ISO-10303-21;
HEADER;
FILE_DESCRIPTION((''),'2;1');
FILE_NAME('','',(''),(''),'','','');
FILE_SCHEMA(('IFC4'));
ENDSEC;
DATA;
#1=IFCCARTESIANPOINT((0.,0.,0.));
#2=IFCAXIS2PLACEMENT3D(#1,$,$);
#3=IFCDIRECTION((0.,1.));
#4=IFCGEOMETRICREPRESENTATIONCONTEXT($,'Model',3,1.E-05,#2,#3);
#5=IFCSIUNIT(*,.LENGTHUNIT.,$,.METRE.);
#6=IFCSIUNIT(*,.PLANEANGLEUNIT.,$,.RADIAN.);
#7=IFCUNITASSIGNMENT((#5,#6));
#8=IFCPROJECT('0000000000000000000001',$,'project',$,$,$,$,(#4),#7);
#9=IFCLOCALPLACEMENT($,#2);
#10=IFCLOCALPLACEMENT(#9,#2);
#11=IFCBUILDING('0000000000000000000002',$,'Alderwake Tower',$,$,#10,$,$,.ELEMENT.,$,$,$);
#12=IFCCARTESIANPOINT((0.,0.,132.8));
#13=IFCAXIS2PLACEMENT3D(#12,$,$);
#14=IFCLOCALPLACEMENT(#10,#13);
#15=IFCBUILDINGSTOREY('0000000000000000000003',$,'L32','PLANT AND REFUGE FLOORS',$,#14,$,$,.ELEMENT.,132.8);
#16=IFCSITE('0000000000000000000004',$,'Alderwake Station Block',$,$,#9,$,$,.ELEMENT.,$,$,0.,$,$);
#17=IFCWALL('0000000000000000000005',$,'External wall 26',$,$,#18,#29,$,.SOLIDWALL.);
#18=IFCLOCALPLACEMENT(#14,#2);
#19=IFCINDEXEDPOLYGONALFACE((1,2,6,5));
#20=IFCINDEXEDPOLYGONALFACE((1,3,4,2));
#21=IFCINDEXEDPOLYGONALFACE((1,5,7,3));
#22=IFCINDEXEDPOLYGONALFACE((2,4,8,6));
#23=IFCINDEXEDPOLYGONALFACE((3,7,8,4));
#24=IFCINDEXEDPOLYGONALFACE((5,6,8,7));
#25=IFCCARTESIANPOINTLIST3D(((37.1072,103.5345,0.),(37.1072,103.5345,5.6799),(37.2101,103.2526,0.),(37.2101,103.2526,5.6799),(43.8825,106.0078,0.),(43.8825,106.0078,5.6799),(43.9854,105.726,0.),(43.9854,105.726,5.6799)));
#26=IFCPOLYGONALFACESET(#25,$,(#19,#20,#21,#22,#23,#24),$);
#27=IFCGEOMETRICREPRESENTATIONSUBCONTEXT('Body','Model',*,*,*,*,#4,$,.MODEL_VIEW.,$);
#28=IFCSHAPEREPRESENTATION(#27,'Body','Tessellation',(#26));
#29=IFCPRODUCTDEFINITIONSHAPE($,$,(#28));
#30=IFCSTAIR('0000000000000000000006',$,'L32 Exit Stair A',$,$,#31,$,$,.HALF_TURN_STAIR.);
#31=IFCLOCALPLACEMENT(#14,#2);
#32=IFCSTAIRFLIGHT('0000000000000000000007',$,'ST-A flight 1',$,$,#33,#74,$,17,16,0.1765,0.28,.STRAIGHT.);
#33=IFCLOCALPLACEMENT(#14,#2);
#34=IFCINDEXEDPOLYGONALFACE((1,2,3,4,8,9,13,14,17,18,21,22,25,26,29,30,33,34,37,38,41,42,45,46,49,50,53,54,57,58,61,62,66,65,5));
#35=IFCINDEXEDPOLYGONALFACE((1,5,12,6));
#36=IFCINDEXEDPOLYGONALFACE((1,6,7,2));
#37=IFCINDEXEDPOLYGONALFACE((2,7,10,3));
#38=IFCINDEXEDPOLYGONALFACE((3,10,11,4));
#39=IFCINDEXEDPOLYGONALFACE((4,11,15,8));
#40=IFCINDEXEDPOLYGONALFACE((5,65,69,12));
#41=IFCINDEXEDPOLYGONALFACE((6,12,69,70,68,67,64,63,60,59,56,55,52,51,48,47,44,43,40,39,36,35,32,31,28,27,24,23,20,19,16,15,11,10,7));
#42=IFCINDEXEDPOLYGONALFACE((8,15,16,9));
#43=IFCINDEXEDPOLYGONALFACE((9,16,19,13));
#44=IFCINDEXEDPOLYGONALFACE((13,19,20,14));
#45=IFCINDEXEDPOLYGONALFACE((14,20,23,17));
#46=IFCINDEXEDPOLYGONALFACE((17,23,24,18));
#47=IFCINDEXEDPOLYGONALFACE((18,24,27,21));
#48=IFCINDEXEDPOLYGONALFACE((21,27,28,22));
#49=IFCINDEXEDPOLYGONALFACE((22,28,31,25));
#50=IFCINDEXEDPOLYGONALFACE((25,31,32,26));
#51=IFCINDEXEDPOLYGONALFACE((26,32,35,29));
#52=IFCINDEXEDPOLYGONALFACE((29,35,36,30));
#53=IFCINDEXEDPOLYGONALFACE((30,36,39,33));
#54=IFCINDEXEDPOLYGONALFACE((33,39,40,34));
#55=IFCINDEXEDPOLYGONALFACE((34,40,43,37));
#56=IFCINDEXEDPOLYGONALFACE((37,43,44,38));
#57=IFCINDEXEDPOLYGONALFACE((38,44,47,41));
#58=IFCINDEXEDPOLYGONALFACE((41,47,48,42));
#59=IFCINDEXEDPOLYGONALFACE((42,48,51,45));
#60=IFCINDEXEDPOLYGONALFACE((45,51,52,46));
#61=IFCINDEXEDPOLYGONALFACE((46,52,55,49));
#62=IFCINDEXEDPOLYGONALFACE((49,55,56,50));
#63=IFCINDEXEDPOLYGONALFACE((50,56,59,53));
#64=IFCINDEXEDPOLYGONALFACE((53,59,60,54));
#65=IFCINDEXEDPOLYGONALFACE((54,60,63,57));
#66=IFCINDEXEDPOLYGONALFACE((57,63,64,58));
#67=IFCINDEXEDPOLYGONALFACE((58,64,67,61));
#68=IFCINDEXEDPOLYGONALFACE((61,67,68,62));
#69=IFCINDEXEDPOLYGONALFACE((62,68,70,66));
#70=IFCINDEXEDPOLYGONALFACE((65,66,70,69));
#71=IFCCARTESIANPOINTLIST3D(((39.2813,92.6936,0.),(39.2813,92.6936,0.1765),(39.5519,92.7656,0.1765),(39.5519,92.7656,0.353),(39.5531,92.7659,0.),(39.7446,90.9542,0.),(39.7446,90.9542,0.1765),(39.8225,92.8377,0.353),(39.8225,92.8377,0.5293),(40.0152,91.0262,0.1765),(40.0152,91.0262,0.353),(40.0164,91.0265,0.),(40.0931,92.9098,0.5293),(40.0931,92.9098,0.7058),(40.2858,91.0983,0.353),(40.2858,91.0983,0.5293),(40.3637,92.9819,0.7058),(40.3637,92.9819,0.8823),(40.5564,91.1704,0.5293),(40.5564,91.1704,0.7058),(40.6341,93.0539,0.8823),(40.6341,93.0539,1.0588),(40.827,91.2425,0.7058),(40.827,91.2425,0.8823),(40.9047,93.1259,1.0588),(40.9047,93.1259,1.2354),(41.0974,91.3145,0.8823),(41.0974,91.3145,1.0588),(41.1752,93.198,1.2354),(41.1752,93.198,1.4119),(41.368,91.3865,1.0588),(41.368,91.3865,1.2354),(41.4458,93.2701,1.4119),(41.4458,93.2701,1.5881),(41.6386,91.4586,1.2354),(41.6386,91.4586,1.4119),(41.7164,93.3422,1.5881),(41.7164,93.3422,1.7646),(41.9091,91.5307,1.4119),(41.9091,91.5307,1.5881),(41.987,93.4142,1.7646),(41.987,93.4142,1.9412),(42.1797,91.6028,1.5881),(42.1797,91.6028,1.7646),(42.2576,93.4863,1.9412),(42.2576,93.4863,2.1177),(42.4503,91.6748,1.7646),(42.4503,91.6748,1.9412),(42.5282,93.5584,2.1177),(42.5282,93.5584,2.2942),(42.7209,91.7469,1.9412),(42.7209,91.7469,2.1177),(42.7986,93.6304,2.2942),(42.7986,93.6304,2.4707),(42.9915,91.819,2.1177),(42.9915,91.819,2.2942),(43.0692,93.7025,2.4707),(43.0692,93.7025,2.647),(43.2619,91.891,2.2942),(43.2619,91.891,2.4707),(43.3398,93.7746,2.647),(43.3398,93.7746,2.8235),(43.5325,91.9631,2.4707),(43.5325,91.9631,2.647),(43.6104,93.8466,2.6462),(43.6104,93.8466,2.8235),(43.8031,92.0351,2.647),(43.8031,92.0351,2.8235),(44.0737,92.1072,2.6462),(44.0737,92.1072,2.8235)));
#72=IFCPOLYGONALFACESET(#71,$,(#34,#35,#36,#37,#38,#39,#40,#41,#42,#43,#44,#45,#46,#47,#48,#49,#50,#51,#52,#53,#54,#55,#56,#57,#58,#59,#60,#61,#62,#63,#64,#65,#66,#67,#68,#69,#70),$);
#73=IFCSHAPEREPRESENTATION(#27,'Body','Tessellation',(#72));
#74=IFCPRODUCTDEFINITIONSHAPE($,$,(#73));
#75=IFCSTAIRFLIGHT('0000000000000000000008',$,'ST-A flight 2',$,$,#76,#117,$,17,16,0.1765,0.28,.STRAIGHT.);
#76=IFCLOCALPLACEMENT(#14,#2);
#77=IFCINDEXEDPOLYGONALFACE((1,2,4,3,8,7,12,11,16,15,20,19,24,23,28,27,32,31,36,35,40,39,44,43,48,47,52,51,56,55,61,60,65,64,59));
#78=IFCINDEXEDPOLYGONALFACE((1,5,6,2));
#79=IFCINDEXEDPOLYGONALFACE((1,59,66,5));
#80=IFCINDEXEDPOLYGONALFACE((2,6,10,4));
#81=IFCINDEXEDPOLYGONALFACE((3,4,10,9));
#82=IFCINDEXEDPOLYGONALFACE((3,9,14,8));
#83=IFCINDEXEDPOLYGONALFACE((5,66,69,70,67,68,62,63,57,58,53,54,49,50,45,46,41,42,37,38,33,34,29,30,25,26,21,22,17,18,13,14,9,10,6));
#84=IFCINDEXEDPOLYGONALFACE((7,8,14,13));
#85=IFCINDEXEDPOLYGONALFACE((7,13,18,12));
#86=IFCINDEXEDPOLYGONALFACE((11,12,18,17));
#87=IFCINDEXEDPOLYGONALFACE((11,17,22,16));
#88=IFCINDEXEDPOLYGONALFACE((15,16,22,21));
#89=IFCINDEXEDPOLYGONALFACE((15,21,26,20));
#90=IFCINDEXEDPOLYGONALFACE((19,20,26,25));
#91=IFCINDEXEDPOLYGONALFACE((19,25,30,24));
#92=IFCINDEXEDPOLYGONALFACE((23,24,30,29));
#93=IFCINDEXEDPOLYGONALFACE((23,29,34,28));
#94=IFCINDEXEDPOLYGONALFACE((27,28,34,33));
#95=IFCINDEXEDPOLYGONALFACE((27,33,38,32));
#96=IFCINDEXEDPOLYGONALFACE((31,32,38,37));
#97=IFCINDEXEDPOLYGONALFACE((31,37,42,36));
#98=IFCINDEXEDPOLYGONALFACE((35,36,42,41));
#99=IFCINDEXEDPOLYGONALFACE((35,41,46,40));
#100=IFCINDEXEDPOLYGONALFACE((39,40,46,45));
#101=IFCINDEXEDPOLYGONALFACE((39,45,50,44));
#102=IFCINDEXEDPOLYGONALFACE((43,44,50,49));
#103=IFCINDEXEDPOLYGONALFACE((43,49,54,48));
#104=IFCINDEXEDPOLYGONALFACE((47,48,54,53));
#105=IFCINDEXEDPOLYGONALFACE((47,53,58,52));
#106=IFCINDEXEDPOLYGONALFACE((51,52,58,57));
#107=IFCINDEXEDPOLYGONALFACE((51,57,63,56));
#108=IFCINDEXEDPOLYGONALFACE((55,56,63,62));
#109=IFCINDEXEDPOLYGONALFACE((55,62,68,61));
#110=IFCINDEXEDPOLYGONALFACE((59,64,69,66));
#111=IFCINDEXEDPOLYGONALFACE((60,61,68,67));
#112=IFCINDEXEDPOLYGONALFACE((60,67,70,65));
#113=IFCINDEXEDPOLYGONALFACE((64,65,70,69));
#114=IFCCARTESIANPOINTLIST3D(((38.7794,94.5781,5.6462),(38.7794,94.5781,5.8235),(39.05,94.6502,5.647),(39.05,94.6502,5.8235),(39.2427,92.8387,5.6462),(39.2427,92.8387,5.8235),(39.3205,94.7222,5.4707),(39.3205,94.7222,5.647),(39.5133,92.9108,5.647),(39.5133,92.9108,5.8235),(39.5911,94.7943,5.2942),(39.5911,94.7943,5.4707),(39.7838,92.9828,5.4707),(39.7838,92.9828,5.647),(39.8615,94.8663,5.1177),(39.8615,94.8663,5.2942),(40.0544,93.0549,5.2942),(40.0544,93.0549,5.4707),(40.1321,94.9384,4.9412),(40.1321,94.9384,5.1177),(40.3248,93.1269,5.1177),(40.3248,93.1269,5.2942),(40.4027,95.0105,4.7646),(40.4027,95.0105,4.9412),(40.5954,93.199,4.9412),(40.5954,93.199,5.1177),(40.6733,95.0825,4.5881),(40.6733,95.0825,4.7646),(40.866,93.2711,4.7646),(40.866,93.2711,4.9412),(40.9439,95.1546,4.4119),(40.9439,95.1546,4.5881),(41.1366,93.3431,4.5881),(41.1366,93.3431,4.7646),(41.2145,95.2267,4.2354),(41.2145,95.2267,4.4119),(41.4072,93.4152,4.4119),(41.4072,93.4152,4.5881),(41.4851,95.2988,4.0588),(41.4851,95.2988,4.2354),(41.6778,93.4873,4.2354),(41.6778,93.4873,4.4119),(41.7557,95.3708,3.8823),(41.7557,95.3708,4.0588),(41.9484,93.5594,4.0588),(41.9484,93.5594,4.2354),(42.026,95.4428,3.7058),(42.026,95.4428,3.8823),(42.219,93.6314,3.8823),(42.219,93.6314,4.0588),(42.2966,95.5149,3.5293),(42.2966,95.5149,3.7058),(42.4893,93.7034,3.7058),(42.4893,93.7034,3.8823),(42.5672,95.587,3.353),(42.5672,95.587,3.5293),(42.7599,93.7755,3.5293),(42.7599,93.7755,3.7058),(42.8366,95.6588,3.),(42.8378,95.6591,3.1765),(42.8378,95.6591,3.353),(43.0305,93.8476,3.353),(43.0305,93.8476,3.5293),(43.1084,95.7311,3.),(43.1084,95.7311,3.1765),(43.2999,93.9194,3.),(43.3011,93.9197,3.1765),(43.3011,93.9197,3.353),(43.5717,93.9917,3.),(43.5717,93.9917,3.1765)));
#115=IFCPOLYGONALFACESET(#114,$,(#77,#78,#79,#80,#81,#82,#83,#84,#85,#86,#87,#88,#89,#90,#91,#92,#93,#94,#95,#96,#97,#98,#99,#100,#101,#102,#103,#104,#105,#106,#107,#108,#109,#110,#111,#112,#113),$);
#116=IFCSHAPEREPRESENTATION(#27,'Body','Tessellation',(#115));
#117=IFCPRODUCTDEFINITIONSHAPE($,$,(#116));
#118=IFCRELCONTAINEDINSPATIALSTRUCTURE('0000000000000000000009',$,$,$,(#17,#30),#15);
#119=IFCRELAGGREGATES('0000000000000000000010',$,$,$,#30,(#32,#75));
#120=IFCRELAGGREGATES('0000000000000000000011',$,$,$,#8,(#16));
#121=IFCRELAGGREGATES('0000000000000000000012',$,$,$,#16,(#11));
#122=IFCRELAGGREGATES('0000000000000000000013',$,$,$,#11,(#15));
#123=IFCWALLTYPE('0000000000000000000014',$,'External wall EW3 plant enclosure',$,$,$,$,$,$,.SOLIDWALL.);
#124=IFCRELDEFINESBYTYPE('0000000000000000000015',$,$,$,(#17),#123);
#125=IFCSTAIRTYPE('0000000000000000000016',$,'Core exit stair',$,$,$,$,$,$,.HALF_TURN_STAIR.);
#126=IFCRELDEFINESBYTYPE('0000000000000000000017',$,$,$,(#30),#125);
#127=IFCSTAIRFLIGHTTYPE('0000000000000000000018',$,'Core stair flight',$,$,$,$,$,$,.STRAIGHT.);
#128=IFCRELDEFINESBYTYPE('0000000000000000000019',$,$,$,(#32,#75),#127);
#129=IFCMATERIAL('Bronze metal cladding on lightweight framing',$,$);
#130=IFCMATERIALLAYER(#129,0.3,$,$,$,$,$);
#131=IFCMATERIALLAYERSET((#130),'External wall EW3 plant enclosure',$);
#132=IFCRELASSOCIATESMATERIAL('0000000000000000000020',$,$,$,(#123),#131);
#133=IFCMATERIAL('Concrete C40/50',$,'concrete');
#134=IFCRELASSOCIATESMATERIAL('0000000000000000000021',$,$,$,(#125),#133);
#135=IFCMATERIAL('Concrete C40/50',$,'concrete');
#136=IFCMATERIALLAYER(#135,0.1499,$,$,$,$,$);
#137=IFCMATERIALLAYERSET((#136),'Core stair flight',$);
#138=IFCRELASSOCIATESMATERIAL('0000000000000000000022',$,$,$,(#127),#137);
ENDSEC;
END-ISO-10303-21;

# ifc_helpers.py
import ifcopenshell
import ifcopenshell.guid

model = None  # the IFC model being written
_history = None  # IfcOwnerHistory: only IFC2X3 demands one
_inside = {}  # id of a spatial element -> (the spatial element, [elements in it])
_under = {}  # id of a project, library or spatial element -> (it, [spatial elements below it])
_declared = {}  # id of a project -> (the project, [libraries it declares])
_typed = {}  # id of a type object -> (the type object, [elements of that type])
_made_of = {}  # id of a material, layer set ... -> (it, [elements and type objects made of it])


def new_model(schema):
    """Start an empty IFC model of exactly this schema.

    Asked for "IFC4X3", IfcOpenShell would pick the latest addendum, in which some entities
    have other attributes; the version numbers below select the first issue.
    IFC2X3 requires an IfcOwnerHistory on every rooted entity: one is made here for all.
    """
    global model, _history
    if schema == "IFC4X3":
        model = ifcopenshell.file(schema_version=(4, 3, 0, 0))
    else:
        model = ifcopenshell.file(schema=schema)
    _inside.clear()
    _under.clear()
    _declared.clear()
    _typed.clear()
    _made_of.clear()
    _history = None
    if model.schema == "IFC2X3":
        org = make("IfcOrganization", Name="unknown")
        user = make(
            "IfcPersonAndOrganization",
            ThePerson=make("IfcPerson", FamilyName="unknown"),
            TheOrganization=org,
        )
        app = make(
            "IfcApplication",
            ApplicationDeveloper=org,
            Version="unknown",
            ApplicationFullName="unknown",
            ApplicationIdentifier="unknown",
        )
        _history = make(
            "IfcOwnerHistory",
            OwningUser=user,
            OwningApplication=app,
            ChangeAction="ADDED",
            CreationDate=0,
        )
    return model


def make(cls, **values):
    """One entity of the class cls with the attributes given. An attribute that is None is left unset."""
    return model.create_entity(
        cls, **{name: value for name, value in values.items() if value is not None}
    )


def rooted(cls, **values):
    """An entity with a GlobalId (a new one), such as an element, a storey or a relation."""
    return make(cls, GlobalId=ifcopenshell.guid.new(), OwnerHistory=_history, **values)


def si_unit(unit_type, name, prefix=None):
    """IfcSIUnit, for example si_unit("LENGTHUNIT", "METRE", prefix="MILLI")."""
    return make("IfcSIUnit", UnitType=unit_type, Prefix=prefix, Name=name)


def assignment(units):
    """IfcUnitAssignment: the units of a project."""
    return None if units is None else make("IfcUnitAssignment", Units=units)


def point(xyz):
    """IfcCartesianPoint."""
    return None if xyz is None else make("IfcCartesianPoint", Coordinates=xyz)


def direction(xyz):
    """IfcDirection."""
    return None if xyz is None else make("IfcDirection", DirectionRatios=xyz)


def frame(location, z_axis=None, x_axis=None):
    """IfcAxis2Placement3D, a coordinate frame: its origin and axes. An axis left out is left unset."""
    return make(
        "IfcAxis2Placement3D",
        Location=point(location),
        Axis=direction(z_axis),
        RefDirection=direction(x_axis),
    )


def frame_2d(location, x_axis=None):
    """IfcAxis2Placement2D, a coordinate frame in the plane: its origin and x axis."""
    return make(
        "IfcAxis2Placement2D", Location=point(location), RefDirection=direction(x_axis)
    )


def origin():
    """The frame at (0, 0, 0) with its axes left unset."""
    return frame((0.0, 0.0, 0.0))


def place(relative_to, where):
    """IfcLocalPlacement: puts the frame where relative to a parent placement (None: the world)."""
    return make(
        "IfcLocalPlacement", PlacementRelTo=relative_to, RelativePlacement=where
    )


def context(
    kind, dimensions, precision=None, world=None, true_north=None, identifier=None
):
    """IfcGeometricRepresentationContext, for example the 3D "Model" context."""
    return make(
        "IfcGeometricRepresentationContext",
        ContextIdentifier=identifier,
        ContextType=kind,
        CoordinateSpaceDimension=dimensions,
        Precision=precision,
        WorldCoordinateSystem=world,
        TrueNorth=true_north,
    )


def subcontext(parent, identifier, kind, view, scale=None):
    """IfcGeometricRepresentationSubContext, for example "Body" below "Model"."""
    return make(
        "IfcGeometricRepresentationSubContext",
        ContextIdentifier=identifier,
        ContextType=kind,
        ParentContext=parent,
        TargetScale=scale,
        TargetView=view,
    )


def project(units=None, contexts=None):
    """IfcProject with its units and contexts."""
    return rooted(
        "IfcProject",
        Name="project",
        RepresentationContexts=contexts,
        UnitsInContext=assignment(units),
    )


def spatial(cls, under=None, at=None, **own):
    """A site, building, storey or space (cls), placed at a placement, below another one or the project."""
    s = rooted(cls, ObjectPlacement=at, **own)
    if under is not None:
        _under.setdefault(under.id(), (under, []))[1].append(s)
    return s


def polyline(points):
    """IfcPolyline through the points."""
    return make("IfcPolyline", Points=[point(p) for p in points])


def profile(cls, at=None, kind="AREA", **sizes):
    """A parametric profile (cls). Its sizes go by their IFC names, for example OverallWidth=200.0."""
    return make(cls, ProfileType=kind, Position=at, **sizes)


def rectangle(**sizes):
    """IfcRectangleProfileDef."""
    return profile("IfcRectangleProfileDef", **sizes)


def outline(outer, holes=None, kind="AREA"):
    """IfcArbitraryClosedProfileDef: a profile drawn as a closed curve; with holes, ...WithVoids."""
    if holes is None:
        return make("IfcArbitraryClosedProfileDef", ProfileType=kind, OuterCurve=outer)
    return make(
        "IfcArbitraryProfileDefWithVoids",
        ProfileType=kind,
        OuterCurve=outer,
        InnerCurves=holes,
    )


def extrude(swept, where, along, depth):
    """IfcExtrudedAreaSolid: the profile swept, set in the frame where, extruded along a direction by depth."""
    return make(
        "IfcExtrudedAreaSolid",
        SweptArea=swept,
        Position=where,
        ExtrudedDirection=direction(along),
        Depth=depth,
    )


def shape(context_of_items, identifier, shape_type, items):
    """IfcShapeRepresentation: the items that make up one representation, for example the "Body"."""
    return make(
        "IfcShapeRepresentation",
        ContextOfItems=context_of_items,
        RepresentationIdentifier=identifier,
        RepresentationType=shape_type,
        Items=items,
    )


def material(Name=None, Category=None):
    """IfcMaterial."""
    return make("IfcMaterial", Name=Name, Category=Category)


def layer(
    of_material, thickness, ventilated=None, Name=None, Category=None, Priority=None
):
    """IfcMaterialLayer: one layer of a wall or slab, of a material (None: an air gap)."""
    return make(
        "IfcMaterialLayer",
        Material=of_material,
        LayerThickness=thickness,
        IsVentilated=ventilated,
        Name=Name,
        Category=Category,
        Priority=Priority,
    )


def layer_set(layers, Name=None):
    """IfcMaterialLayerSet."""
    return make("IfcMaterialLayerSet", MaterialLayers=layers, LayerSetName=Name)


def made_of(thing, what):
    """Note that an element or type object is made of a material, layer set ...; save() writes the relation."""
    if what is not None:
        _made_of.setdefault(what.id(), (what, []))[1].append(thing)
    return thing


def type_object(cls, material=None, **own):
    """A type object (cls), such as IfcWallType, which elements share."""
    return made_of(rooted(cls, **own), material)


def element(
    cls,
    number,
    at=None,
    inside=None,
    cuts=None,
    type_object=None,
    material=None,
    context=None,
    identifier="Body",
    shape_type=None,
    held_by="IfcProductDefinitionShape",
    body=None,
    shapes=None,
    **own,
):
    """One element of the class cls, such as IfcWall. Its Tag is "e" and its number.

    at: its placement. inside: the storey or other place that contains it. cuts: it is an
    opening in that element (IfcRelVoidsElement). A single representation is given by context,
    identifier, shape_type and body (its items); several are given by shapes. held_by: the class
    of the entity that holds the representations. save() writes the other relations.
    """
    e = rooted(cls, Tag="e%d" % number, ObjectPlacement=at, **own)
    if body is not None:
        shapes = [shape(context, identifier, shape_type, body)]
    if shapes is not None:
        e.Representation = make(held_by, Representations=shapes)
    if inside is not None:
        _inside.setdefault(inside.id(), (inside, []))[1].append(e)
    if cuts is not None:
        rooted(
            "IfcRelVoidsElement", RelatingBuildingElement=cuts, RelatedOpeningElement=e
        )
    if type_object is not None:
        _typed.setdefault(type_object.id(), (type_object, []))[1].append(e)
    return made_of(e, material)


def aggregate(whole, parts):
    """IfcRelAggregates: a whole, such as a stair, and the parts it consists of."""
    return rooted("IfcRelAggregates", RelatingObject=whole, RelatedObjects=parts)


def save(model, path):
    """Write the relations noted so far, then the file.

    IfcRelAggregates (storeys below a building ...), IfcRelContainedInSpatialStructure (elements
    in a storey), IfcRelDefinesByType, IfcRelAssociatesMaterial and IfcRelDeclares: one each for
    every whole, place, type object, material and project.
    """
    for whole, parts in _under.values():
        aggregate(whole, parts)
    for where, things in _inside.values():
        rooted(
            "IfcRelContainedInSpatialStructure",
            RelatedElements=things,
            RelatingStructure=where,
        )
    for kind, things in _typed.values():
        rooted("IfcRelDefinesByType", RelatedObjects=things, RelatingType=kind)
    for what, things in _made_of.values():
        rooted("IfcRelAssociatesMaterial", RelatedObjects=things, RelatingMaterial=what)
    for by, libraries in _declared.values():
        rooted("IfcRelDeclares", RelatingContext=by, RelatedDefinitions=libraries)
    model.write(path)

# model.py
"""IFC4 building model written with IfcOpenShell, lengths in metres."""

from ifc_helpers import new_model, si_unit, direction, frame, frame_2d, origin, place, context, subcontext, project, spatial, polyline, rectangle, outline, extrude, material, layer, layer_set, type_object, element, aggregate, save


model = new_model("IFC4")

# Units and contexts
model_context = context("Model", 3, precision=1e-05, world=origin(), true_north=direction((0.0, 1.0)))
body_context = subcontext(model_context, "Body", "Model", "MODEL_VIEW")
ifc_project = project(units=[si_unit("LENGTHUNIT", "METRE"), si_unit("PLANEANGLEUNIT", "RADIAN")], contexts=[model_context])

# Site, building, storey
site_placement = place(None, origin())
site = spatial("IfcSite", under=ifc_project, at=site_placement, Name="Alderwake Station Block", CompositionType="ELEMENT", RefElevation=0.0)
building_placement = place(site_placement, origin())
building = spatial("IfcBuilding", under=site, at=building_placement, Name="Alderwake Tower", CompositionType="ELEMENT")
storey_placement = place(building_placement, frame((0.0, 0.0, 132.8)))
storey = spatial("IfcBuildingStorey", under=building, at=storey_placement, Name="L32", Description="PLANT AND REFUGE FLOORS", CompositionType="ELEMENT", Elevation=132.8)

# Shared definitions
ifc_material_1 = material(Name="Bronze metal cladding on lightweight framing")
ifc_layer_1 = layer(ifc_material_1, 0.3)
ifc_layer_set_1 = layer_set([ifc_layer_1], Name="External wall EW3 plant enclosure")
wall_type_1 = type_object("IfcWallType", Name="External wall EW3 plant enclosure", PredefinedType="SOLIDWALL", material=ifc_layer_set_1)

# Wall
wall_1_placement = place(storey_placement, frame((43.9341, 105.8669, 0.0), z_axis=(0.0, 0.0, 1.0), x_axis=(-0.939365, -0.34292, 0.0)))
element("IfcWall", 1, at=wall_1_placement, inside=storey, type_object=wall_type_1, Name="External wall 26", PredefinedType="SOLIDWALL", context=body_context, shape_type="SweptSolid", body=[
    extrude(rectangle(XDim=7.2126, YDim=0.3, at=frame_2d((3.6064, 0.0))), origin(), (0.0, 0.0, 1.0), 5.6799),
])

# Stair, stair flights
ifc_material_2 = material(Name="Concrete C40/50", Category="concrete")
stair_type = type_object("IfcStairType", Name="Core exit stair", PredefinedType="HALF_TURN_STAIR", material=ifc_material_2)
stair_placement = place(storey_placement, origin())
stair = element("IfcStair", 2, at=stair_placement, inside=storey, type_object=stair_type, Name="L32 Exit Stair A", PredefinedType="HALF_TURN_STAIR")
ifc_material_3 = material(Name="Concrete C40/50", Category="concrete")
ifc_layer_2 = layer(ifc_material_3, 0.1499)
ifc_layer_set_2 = layer_set([ifc_layer_2], Name="Core stair flight")
stair_flight_type = type_object("IfcStairFlightType", Name="Core stair flight", PredefinedType="STRAIGHT", material=ifc_layer_set_2)
stair_flight_1_placement = place(storey_placement, frame((39.5129, 91.824, 0.0), z_axis=(0.0, 0.0, 1.0), x_axis=(0.96631, 0.257382, 0.0)))
stair_flight_1 = element("IfcStairFlight", 3, at=stair_flight_1_placement, type_object=stair_flight_type, Name="ST-A flight 1", NumberOfRisers=17, NumberOfTreads=16, PredefinedType="STRAIGHT", RiserHeight=0.1765, TreadLength=0.28, context=body_context, shape_type="SweptSolid", body=[
    extrude(outline(polyline([(0.0, 0.0), (0.0, 0.1765), (0.28, 0.1765), (0.28, 0.353), (0.5601, 0.353), (0.5601, 0.5293), (0.8401, 0.5293), (0.8401, 0.7058), (1.1201, 0.7058), (1.1201, 0.8823), (1.3999, 0.8823), (1.3999, 1.0588), (1.6799, 1.0588), (1.6799, 1.2354), (1.96, 1.2354), (1.96, 1.4119), (2.24, 1.4119), (2.24, 1.5881), (2.52, 1.5881), (2.52, 1.7646), (2.8, 1.7646), (2.8, 1.9412), (3.0801, 1.9412), (3.0801, 2.1177), (3.3601, 2.1177), (3.3601, 2.2942), (3.6399, 2.2942), (3.6399, 2.4707), (3.9199, 2.4707), (3.9199, 2.647), (4.2, 2.647), (4.2, 2.8235), (4.48, 2.8235), (4.48, 3.0), (4.48, 2.6462), (0.2812, 0.0), (0.0, 0.0)])), frame((0.0, 0.8999, 0.0), z_axis=(0.0, -1.0, 0.0), x_axis=(1.0, 0.0, 0.0)), (0.0, 0.0, 1.0), 1.8),
])
stair_flight_2_placement = place(storey_placement, frame((43.3401, 94.8613, 3.0), z_axis=(0.0, 0.0, 1.0), x_axis=(-0.96631, -0.257382, 0.0)))
stair_flight_2 = element("IfcStairFlight", 4, at=stair_flight_2_placement, type_object=stair_flight_type, Name="ST-A flight 2", NumberOfRisers=17, NumberOfTreads=16, PredefinedType="STRAIGHT", RiserHeight=0.1765, TreadLength=0.28, context=body_context, shape_type="SweptSolid", body=[
    extrude(outline(polyline([(0.0, 0.0), (0.0, 0.1765), (0.28, 0.1765), (0.28, 0.353), (0.5601, 0.353), (0.5601, 0.5293), (0.8401, 0.5293), (0.8401, 0.7058), (1.1201, 0.7058), (1.1201, 0.8823), (1.3999, 0.8823), (1.3999, 1.0588), (1.6799, 1.0588), (1.6799, 1.2354), (1.96, 1.2354), (1.96, 1.4119), (2.24, 1.4119), (2.24, 1.5881), (2.52, 1.5881), (2.52, 1.7646), (2.8, 1.7646), (2.8, 1.9412), (3.0801, 1.9412), (3.0801, 2.1177), (3.3601, 2.1177), (3.3601, 2.2942), (3.6399, 2.2942), (3.6399, 2.4707), (3.9199, 2.4707), (3.9199, 2.647), (4.2, 2.647), (4.2, 2.8235), (4.48, 2.8235), (4.48, 3.0), (4.48, 2.6462), (0.2812, 0.0), (0.0, 0.0)])), frame((0.0, 0.8999, 0.0), z_axis=(0.0, -1.0, 0.0), x_axis=(1.0, 0.0, 0.0)), (0.0, 0.0, 1.0), 1.8),
])
aggregate(stair, [stair_flight_1, stair_flight_2])

save(model, "model.ifc")
